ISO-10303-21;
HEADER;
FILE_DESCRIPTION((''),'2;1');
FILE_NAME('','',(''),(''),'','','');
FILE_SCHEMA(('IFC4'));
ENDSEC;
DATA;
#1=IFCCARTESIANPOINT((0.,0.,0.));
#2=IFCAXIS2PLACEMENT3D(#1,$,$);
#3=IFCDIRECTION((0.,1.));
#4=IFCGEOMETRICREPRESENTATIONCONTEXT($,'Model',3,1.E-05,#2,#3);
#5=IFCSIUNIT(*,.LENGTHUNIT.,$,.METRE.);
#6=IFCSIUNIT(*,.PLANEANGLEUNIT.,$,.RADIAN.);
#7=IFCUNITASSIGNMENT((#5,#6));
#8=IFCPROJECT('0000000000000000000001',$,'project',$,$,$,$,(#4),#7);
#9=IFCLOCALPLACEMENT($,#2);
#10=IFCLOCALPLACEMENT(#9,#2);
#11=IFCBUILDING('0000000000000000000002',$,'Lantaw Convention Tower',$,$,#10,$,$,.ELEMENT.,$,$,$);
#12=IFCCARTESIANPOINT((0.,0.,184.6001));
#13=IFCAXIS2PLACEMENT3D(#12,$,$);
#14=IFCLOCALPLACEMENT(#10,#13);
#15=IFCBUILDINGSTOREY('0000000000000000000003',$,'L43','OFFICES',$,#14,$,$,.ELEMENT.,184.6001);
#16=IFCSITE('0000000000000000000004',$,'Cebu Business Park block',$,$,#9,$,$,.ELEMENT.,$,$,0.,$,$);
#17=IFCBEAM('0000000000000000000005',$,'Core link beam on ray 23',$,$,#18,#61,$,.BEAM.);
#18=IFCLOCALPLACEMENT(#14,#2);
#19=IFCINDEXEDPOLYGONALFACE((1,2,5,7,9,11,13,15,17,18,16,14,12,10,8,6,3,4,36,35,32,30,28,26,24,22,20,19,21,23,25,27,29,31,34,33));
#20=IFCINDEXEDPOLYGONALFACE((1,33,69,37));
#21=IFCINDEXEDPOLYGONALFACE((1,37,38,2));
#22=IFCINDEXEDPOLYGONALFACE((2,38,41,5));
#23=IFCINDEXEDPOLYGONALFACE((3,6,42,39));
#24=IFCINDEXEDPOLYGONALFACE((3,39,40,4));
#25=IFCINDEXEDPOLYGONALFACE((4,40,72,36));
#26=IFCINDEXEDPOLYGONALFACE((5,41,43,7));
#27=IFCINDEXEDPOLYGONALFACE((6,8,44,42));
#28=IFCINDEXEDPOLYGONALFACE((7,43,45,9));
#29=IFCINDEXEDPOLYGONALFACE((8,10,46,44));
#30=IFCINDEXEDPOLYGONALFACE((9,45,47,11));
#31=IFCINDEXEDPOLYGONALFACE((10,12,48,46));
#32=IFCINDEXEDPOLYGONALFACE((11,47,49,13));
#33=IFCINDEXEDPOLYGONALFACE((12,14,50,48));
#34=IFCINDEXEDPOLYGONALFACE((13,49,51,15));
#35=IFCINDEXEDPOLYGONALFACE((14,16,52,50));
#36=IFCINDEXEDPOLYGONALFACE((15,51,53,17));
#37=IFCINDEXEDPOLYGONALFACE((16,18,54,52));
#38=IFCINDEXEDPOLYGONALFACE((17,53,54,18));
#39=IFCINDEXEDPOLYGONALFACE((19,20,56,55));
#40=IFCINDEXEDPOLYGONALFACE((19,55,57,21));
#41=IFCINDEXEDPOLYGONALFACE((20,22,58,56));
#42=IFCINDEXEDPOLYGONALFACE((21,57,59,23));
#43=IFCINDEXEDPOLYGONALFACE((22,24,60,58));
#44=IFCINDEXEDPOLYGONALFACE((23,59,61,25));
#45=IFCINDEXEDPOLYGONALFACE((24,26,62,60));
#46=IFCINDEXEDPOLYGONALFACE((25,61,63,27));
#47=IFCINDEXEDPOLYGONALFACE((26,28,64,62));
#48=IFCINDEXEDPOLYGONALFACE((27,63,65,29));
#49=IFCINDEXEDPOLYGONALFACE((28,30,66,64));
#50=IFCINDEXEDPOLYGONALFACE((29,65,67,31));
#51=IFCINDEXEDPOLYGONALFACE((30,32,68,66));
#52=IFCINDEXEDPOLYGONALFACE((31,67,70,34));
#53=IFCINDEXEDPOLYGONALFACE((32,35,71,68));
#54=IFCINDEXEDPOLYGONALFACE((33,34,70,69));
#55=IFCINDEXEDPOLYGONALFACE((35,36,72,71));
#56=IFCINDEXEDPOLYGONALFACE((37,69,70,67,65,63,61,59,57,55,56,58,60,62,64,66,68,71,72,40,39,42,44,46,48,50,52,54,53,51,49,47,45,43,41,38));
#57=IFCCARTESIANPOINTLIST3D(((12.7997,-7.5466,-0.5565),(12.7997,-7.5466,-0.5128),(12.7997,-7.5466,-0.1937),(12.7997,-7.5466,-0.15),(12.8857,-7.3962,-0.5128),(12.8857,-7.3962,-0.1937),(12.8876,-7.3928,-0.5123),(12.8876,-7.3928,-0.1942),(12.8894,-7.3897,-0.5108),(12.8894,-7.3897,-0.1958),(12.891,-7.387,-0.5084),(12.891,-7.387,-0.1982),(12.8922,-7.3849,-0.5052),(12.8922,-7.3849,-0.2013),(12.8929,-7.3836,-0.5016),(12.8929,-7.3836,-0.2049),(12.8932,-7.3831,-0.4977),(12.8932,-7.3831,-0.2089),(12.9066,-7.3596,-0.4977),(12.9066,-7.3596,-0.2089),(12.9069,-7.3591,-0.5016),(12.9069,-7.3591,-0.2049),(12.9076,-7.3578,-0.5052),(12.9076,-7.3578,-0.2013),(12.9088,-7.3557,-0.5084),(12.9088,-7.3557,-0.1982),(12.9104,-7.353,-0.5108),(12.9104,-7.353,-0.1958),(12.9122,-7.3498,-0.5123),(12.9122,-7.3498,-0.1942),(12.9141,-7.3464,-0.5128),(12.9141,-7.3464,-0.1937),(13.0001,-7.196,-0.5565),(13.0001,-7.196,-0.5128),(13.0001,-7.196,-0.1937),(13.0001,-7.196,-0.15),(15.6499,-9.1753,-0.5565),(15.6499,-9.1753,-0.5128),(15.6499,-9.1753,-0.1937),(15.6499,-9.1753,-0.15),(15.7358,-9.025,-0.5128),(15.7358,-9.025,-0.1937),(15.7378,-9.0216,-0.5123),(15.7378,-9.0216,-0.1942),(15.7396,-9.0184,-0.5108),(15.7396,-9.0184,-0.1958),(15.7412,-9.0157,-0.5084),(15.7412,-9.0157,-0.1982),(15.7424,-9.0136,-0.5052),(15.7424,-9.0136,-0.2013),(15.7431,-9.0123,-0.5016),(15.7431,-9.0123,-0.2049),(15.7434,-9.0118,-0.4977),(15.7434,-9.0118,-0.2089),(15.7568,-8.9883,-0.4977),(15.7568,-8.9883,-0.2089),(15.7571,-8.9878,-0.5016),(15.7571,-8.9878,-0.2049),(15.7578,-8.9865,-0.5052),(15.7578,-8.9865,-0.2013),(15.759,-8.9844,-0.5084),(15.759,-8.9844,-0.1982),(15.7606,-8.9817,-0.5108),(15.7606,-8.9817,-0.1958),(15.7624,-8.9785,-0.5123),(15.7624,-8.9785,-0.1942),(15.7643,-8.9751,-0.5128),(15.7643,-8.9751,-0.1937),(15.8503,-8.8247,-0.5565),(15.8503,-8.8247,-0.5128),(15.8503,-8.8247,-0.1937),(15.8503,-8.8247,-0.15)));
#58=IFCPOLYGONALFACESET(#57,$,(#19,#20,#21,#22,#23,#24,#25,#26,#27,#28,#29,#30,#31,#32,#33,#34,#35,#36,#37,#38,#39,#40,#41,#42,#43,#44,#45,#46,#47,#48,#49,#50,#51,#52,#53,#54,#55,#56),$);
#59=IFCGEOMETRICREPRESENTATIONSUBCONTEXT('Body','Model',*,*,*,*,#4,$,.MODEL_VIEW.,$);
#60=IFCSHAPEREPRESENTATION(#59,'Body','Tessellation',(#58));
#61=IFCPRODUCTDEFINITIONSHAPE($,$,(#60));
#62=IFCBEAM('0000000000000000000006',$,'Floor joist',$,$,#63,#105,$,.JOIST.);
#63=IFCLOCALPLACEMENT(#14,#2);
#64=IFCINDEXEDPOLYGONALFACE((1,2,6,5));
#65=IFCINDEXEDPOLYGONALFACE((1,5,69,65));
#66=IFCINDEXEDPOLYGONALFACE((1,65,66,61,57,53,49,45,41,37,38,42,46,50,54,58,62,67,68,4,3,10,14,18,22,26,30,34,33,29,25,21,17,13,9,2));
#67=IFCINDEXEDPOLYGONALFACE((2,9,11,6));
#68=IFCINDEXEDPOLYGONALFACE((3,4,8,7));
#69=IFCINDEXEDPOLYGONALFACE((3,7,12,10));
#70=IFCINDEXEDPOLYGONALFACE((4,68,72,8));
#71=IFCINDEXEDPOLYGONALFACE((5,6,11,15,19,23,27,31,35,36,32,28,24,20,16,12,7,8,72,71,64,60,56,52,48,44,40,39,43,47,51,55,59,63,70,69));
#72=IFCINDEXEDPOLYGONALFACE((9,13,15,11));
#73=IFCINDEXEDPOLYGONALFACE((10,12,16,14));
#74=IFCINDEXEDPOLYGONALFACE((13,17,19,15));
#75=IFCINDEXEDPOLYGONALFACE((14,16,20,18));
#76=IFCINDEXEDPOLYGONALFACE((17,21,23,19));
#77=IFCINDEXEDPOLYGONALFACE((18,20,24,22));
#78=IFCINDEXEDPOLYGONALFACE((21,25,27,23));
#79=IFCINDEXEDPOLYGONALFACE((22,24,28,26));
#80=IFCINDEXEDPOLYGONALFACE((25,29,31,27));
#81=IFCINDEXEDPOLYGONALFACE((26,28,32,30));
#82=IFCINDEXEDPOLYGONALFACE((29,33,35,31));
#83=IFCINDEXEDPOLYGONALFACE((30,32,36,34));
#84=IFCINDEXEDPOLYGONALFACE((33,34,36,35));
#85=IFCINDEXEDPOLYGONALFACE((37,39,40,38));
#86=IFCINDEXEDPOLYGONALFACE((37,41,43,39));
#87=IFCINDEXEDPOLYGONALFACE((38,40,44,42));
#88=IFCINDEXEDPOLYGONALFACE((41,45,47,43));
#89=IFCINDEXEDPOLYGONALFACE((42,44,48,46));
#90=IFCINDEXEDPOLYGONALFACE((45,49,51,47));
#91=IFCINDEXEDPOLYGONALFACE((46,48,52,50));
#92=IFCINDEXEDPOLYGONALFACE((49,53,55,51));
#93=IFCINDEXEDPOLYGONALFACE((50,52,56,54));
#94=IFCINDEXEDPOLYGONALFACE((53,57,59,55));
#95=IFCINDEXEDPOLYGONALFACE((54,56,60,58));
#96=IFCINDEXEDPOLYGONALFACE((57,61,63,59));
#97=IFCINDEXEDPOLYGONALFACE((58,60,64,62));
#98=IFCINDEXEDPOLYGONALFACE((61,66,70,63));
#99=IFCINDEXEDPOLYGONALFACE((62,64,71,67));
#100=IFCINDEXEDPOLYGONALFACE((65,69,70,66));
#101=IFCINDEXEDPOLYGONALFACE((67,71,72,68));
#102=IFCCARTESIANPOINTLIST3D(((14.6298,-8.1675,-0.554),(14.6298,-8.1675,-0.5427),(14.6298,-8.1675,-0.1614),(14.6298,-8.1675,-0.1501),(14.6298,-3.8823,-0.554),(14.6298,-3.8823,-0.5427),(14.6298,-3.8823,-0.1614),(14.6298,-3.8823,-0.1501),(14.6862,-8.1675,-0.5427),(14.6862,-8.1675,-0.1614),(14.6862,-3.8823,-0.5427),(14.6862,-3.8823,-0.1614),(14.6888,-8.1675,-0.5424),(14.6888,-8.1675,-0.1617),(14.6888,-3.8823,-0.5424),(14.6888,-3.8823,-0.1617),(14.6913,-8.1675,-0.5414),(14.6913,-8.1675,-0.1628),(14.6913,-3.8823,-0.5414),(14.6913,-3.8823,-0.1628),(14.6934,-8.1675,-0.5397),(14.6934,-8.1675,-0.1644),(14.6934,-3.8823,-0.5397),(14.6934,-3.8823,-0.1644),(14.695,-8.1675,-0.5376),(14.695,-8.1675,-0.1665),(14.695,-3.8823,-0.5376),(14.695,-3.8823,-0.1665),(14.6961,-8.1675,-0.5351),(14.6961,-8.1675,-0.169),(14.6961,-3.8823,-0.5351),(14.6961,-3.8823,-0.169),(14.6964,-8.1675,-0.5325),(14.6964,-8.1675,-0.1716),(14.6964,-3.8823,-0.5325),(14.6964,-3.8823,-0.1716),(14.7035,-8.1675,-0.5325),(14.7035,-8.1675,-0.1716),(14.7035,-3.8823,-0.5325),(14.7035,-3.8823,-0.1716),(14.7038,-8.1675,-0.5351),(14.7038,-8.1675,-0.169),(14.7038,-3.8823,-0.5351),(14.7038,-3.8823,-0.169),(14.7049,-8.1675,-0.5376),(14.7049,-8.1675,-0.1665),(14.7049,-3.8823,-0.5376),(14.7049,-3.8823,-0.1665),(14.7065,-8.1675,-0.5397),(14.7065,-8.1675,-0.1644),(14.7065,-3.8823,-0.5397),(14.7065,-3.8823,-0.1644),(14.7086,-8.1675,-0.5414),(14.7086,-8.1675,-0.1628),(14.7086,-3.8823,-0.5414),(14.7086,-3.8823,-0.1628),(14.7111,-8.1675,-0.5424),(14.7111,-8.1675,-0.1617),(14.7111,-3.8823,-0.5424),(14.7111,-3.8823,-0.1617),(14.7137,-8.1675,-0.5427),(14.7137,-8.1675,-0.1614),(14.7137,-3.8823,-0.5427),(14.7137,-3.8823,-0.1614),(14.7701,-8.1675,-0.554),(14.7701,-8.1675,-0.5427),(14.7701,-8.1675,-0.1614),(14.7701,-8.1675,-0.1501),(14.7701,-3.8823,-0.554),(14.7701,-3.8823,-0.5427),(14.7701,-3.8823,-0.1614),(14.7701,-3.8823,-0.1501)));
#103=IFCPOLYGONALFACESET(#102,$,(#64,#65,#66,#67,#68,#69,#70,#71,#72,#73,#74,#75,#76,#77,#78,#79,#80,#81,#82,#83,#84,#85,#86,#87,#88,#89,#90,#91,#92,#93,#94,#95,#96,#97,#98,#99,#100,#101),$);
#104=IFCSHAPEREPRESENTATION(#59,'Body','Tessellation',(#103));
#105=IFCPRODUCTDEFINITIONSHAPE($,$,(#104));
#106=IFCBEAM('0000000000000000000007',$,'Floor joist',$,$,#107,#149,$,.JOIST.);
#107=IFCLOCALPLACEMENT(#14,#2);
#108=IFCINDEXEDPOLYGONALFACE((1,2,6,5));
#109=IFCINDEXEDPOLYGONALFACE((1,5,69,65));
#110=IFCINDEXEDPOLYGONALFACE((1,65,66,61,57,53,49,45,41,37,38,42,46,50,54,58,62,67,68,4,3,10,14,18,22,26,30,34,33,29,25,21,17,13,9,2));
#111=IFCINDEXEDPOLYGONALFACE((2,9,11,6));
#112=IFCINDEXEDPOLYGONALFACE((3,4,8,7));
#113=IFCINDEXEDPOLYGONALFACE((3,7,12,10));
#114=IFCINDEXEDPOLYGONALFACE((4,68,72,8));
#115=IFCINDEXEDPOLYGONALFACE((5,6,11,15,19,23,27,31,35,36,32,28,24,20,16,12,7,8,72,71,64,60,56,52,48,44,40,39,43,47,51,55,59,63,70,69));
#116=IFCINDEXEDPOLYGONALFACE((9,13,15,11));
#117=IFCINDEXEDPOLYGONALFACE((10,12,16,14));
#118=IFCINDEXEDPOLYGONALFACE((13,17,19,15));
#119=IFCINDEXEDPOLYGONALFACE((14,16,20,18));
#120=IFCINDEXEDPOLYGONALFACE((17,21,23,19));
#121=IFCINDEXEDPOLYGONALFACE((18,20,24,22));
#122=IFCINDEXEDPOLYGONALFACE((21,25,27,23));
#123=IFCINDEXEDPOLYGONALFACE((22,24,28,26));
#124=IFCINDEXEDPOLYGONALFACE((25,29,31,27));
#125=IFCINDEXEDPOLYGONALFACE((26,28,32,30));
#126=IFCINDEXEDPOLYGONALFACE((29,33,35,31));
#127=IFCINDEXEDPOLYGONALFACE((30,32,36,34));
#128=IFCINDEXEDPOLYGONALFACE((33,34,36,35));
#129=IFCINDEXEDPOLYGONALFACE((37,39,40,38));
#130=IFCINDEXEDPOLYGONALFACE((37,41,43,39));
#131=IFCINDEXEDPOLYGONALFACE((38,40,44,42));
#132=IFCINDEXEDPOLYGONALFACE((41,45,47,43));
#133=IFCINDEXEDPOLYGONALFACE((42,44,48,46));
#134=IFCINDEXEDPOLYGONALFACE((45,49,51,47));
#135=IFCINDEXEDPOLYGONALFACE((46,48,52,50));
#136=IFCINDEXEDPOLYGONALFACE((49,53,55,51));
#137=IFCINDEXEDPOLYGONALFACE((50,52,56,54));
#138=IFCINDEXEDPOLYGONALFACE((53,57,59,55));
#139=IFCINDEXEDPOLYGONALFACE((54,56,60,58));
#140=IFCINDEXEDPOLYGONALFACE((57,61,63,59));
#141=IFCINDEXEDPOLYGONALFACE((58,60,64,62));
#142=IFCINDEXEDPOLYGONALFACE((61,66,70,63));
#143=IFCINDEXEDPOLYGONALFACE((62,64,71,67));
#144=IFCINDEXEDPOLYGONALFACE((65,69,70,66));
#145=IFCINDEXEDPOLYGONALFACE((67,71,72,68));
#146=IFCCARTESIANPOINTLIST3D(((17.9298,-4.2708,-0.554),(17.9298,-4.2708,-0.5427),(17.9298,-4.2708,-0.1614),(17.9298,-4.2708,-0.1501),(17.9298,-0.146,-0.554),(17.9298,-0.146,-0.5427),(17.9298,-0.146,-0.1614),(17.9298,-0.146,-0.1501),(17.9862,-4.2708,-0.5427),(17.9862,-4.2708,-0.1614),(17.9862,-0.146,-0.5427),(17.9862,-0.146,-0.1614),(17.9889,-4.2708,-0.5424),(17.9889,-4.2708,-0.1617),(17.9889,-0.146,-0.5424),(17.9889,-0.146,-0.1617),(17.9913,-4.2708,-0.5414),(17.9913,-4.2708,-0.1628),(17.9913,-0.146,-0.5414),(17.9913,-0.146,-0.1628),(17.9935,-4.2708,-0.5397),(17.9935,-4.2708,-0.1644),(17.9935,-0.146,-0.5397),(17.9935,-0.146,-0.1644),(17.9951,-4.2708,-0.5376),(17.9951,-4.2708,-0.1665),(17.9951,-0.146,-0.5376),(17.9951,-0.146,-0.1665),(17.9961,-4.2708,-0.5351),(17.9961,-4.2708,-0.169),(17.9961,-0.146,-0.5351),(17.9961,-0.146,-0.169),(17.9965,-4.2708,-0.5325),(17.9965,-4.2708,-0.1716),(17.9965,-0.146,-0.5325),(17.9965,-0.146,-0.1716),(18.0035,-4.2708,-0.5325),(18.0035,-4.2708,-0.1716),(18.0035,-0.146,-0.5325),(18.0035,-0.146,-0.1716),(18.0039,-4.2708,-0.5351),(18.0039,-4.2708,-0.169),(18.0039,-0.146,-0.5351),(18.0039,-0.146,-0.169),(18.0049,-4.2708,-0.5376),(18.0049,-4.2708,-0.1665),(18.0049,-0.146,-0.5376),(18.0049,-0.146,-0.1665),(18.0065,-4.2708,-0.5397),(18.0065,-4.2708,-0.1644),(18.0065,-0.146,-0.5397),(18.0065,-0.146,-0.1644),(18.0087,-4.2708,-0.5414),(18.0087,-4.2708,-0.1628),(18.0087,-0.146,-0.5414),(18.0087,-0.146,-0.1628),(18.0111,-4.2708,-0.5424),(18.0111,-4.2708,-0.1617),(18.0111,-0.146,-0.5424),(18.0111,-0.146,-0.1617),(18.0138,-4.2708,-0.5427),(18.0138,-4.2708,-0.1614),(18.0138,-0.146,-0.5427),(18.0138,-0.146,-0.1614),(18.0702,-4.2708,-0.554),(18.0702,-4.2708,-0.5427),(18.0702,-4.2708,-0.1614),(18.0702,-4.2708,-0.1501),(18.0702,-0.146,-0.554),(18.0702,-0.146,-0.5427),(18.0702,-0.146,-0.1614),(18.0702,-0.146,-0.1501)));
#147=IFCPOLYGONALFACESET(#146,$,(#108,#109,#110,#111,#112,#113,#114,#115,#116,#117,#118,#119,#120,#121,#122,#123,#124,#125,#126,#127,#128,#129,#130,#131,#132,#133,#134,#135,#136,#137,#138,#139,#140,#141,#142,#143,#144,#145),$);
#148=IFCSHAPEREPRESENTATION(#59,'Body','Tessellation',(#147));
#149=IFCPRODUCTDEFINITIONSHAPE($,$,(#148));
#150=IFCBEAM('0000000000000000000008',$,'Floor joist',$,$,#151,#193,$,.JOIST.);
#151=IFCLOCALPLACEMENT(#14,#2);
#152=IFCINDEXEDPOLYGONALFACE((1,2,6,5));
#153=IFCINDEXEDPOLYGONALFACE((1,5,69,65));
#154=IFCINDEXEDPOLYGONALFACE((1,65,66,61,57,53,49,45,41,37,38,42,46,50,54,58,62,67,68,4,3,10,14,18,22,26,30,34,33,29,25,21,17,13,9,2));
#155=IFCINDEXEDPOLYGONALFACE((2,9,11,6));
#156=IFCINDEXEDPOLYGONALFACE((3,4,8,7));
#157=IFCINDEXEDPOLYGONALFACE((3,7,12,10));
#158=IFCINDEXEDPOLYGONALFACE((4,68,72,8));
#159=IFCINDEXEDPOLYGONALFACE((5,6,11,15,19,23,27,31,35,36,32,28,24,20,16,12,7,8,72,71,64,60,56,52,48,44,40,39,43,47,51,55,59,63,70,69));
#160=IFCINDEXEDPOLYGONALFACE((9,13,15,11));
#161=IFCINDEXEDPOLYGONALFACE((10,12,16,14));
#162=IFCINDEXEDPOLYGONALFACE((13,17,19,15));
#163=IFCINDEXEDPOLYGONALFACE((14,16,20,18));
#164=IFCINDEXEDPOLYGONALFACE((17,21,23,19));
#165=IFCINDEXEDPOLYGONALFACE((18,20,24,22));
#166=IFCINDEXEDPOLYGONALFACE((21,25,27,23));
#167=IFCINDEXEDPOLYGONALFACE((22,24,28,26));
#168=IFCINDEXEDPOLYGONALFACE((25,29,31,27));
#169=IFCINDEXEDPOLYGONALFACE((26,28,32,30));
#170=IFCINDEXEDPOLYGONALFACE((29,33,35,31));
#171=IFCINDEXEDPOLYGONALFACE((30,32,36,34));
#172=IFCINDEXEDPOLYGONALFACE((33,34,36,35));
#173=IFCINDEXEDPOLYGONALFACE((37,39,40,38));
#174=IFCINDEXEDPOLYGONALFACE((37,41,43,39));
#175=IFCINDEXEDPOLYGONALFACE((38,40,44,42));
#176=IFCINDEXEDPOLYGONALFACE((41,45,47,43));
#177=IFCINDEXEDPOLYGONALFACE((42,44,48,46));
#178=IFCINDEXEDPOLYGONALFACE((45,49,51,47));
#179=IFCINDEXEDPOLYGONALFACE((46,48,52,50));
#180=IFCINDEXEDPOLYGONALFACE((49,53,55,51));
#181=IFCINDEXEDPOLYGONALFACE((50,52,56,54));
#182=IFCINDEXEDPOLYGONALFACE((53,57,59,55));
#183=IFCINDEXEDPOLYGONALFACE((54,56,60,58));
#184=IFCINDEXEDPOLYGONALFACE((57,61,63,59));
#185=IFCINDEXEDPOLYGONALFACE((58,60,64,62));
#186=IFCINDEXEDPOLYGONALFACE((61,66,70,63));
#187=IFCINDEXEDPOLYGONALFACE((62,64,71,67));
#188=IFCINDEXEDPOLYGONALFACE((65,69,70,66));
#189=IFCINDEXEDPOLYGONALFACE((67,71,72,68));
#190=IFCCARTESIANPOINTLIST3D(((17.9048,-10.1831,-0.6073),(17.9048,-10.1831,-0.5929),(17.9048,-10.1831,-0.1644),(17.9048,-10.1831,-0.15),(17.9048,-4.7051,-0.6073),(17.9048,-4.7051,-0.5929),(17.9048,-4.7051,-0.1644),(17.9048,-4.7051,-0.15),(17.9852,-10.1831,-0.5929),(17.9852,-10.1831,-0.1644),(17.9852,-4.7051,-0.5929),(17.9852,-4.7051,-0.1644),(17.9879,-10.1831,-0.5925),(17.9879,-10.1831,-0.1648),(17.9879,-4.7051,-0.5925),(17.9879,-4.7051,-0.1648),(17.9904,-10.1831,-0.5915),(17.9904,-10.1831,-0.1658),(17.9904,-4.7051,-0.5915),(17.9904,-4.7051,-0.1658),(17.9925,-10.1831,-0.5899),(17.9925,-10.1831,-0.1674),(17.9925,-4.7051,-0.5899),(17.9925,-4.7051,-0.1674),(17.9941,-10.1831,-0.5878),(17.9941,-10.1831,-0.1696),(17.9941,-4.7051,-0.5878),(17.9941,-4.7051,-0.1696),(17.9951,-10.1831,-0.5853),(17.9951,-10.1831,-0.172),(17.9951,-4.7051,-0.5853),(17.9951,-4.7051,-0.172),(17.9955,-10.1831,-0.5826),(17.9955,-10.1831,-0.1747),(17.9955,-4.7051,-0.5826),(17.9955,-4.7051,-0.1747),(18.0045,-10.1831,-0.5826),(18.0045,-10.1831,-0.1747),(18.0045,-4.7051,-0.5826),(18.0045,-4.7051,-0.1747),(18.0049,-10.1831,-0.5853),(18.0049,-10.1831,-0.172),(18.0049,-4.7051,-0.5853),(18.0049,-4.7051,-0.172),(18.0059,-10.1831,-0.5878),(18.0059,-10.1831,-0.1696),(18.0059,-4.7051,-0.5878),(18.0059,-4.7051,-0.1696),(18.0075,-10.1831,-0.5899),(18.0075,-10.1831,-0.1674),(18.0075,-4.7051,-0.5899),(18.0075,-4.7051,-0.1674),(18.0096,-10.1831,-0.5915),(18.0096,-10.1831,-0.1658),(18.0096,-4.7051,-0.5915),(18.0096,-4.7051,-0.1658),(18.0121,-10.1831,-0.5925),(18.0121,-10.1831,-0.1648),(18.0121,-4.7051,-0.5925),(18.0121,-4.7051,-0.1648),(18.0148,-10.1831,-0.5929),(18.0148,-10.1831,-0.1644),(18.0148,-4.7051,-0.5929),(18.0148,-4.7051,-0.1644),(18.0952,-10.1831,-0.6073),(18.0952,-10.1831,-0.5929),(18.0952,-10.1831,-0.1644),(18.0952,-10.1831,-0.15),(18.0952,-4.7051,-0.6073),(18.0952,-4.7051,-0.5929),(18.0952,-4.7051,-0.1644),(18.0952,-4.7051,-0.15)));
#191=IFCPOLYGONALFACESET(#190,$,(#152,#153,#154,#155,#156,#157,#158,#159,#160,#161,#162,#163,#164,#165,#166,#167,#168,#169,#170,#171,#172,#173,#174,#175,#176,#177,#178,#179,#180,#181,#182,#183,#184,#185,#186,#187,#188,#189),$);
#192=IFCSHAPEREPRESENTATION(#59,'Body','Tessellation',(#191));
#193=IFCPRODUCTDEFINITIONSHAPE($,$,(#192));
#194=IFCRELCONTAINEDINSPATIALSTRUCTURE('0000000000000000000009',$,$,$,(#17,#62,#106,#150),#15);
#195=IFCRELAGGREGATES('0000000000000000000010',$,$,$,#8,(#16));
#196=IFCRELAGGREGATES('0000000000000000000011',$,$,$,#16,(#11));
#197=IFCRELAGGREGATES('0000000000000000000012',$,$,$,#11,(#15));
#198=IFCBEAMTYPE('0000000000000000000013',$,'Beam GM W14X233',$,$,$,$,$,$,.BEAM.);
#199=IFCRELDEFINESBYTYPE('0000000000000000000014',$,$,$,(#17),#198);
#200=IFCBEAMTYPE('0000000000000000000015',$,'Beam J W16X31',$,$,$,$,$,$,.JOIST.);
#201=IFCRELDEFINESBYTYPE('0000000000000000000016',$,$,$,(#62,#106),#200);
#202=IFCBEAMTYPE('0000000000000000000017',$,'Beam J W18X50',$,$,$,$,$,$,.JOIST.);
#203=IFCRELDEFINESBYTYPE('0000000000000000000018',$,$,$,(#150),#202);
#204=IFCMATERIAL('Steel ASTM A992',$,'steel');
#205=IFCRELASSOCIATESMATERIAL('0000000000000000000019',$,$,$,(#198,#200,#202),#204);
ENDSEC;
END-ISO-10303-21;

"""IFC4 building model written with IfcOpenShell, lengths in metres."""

from ifc_helpers import new_model, si_unit, direction, frame, origin, origin_2d, place, context, subcontext, project, spatial, i_section, extrude, material, material_profile, profile_set, type_object, element, save


model = new_model("IFC4")

# Units and contexts
model_context = context("Model", 3, precision=1e-05, world=origin(), true_north=direction((0.0, 1.0)))
body_context = subcontext(model_context, "Body", "Model", "MODEL_VIEW")
ifc_project = project(units=[si_unit("LENGTHUNIT", "METRE"), si_unit("PLANEANGLEUNIT", "RADIAN")], contexts=[model_context])

# Site, building, storey
site_placement = place(None, origin())
site = spatial("IfcSite", under=ifc_project, at=site_placement, Name="Cebu Business Park block", CompositionType="ELEMENT", RefElevation=0.0)
building_placement = place(site_placement, origin())
building = spatial("IfcBuilding", under=site, at=building_placement, Name="Lantaw Convention Tower", CompositionType="ELEMENT")
storey_placement = place(building_placement, frame((0.0, 0.0, 184.6001)))
storey = spatial("IfcBuildingStorey", under=building, at=storey_placement, Name="L43", Description="OFFICES", CompositionType="ELEMENT", Elevation=184.6001)

# Beams
ifc_material_1 = material(Name="Steel ASTM A992", Category="steel")
ifc_material_profile_1 = material_profile(ifc_material_1, i_section(OverallWidth=0.4038, OverallDepth=0.4065, WebThickness=0.0271, FlangeThickness=0.0437, FilletRadius=0.0151, at=origin_2d()), Name="W14X233")
ifc_profile_set_1 = profile_set([ifc_material_profile_1], Name="Steel ASTM A992")
beam_type_1 = type_object("IfcBeamType", Name="Beam GM W14X233", PredefinedType="BEAM", material=ifc_profile_set_1)
beam_1_placement = place(storey_placement, frame((12.8999, -7.3713, -0.3533), z_axis=(0.868239, -0.496147, 0.0), x_axis=(0.496147, 0.868239, 0.0)))
element("IfcBeam", 1, at=beam_1_placement, inside=storey, type_object=beam_type_1, Name="Core link beam on ray 23", PredefinedType="BEAM", context=body_context, shape_type="SweptSolid", body=[
    extrude(i_section(OverallWidth=0.4038, OverallDepth=0.4065, WebThickness=0.0271, FlangeThickness=0.0437, FilletRadius=0.0151, at=origin_2d()), origin(), (0.0, 0.0, 1.0), 3.2827),
])
ifc_material_profile_2 = material_profile(ifc_material_1, i_section(OverallWidth=0.1404, OverallDepth=0.4038, WebThickness=0.0071, FlangeThickness=0.0112, FilletRadius=0.0103, at=origin_2d()), Name="W16X31")
ifc_profile_set_2 = profile_set([ifc_material_profile_2], Name="Steel ASTM A992")
beam_type_2 = type_object("IfcBeamType", Name="Beam J W16X31", PredefinedType="JOIST", material=ifc_profile_set_2)
beam_2_placement = place(storey_placement, frame((14.7, -8.1675, -0.3521), z_axis=(0.0, 1.0, 0.0), x_axis=(-1.0, 0.0, 0.0)))
element("IfcBeam", 2, at=beam_2_placement, inside=storey, type_object=beam_type_2, Name="Floor joist", PredefinedType="JOIST", context=body_context, shape_type="SweptSolid", body=[
    extrude(i_section(OverallWidth=0.1404, OverallDepth=0.4038, WebThickness=0.0071, FlangeThickness=0.0112, FilletRadius=0.0103, at=origin_2d()), origin(), (0.0, 0.0, 1.0), 4.2852),
])
beam_3_placement = place(storey_placement, frame((18.0, -4.2708, -0.3521), z_axis=(0.0, 1.0, 0.0), x_axis=(-1.0, 0.0, 0.0)))
element("IfcBeam", 3, at=beam_3_placement, inside=storey, type_object=beam_type_2, Name="Floor joist", PredefinedType="JOIST", context=body_context, shape_type="SweptSolid", body=[
    extrude(i_section(OverallWidth=0.1404, OverallDepth=0.4038, WebThickness=0.0071, FlangeThickness=0.0112, FilletRadius=0.0103, at=origin_2d()), origin(), (0.0, 0.0, 1.0), 4.1248),
])
ifc_material_profile_3 = material_profile(ifc_material_1, i_section(OverallWidth=0.1904, OverallDepth=0.4573, WebThickness=0.009, FlangeThickness=0.0144, FilletRadius=0.0103, at=origin_2d()), Name="W18X50")
ifc_profile_set_3 = profile_set([ifc_material_profile_3], Name="Steel ASTM A992")
beam_type_3 = type_object("IfcBeamType", Name="Beam J W18X50", PredefinedType="JOIST", material=ifc_profile_set_3)
beam_4_placement = place(storey_placement, frame((18.0, -10.1831, -0.3787), z_axis=(0.0, 1.0, 0.0), x_axis=(-1.0, 0.0, 0.0)))
element("IfcBeam", 4, at=beam_4_placement, inside=storey, type_object=beam_type_3, Name="Floor joist", PredefinedType="JOIST", context=body_context, shape_type="SweptSolid", body=[
    extrude(i_section(OverallWidth=0.1904, OverallDepth=0.4573, WebThickness=0.009, FlangeThickness=0.0144, FilletRadius=0.0103, at=origin_2d()), origin(), (0.0, 0.0, 1.0), 5.478),
])

save(model, "model.ifc")
